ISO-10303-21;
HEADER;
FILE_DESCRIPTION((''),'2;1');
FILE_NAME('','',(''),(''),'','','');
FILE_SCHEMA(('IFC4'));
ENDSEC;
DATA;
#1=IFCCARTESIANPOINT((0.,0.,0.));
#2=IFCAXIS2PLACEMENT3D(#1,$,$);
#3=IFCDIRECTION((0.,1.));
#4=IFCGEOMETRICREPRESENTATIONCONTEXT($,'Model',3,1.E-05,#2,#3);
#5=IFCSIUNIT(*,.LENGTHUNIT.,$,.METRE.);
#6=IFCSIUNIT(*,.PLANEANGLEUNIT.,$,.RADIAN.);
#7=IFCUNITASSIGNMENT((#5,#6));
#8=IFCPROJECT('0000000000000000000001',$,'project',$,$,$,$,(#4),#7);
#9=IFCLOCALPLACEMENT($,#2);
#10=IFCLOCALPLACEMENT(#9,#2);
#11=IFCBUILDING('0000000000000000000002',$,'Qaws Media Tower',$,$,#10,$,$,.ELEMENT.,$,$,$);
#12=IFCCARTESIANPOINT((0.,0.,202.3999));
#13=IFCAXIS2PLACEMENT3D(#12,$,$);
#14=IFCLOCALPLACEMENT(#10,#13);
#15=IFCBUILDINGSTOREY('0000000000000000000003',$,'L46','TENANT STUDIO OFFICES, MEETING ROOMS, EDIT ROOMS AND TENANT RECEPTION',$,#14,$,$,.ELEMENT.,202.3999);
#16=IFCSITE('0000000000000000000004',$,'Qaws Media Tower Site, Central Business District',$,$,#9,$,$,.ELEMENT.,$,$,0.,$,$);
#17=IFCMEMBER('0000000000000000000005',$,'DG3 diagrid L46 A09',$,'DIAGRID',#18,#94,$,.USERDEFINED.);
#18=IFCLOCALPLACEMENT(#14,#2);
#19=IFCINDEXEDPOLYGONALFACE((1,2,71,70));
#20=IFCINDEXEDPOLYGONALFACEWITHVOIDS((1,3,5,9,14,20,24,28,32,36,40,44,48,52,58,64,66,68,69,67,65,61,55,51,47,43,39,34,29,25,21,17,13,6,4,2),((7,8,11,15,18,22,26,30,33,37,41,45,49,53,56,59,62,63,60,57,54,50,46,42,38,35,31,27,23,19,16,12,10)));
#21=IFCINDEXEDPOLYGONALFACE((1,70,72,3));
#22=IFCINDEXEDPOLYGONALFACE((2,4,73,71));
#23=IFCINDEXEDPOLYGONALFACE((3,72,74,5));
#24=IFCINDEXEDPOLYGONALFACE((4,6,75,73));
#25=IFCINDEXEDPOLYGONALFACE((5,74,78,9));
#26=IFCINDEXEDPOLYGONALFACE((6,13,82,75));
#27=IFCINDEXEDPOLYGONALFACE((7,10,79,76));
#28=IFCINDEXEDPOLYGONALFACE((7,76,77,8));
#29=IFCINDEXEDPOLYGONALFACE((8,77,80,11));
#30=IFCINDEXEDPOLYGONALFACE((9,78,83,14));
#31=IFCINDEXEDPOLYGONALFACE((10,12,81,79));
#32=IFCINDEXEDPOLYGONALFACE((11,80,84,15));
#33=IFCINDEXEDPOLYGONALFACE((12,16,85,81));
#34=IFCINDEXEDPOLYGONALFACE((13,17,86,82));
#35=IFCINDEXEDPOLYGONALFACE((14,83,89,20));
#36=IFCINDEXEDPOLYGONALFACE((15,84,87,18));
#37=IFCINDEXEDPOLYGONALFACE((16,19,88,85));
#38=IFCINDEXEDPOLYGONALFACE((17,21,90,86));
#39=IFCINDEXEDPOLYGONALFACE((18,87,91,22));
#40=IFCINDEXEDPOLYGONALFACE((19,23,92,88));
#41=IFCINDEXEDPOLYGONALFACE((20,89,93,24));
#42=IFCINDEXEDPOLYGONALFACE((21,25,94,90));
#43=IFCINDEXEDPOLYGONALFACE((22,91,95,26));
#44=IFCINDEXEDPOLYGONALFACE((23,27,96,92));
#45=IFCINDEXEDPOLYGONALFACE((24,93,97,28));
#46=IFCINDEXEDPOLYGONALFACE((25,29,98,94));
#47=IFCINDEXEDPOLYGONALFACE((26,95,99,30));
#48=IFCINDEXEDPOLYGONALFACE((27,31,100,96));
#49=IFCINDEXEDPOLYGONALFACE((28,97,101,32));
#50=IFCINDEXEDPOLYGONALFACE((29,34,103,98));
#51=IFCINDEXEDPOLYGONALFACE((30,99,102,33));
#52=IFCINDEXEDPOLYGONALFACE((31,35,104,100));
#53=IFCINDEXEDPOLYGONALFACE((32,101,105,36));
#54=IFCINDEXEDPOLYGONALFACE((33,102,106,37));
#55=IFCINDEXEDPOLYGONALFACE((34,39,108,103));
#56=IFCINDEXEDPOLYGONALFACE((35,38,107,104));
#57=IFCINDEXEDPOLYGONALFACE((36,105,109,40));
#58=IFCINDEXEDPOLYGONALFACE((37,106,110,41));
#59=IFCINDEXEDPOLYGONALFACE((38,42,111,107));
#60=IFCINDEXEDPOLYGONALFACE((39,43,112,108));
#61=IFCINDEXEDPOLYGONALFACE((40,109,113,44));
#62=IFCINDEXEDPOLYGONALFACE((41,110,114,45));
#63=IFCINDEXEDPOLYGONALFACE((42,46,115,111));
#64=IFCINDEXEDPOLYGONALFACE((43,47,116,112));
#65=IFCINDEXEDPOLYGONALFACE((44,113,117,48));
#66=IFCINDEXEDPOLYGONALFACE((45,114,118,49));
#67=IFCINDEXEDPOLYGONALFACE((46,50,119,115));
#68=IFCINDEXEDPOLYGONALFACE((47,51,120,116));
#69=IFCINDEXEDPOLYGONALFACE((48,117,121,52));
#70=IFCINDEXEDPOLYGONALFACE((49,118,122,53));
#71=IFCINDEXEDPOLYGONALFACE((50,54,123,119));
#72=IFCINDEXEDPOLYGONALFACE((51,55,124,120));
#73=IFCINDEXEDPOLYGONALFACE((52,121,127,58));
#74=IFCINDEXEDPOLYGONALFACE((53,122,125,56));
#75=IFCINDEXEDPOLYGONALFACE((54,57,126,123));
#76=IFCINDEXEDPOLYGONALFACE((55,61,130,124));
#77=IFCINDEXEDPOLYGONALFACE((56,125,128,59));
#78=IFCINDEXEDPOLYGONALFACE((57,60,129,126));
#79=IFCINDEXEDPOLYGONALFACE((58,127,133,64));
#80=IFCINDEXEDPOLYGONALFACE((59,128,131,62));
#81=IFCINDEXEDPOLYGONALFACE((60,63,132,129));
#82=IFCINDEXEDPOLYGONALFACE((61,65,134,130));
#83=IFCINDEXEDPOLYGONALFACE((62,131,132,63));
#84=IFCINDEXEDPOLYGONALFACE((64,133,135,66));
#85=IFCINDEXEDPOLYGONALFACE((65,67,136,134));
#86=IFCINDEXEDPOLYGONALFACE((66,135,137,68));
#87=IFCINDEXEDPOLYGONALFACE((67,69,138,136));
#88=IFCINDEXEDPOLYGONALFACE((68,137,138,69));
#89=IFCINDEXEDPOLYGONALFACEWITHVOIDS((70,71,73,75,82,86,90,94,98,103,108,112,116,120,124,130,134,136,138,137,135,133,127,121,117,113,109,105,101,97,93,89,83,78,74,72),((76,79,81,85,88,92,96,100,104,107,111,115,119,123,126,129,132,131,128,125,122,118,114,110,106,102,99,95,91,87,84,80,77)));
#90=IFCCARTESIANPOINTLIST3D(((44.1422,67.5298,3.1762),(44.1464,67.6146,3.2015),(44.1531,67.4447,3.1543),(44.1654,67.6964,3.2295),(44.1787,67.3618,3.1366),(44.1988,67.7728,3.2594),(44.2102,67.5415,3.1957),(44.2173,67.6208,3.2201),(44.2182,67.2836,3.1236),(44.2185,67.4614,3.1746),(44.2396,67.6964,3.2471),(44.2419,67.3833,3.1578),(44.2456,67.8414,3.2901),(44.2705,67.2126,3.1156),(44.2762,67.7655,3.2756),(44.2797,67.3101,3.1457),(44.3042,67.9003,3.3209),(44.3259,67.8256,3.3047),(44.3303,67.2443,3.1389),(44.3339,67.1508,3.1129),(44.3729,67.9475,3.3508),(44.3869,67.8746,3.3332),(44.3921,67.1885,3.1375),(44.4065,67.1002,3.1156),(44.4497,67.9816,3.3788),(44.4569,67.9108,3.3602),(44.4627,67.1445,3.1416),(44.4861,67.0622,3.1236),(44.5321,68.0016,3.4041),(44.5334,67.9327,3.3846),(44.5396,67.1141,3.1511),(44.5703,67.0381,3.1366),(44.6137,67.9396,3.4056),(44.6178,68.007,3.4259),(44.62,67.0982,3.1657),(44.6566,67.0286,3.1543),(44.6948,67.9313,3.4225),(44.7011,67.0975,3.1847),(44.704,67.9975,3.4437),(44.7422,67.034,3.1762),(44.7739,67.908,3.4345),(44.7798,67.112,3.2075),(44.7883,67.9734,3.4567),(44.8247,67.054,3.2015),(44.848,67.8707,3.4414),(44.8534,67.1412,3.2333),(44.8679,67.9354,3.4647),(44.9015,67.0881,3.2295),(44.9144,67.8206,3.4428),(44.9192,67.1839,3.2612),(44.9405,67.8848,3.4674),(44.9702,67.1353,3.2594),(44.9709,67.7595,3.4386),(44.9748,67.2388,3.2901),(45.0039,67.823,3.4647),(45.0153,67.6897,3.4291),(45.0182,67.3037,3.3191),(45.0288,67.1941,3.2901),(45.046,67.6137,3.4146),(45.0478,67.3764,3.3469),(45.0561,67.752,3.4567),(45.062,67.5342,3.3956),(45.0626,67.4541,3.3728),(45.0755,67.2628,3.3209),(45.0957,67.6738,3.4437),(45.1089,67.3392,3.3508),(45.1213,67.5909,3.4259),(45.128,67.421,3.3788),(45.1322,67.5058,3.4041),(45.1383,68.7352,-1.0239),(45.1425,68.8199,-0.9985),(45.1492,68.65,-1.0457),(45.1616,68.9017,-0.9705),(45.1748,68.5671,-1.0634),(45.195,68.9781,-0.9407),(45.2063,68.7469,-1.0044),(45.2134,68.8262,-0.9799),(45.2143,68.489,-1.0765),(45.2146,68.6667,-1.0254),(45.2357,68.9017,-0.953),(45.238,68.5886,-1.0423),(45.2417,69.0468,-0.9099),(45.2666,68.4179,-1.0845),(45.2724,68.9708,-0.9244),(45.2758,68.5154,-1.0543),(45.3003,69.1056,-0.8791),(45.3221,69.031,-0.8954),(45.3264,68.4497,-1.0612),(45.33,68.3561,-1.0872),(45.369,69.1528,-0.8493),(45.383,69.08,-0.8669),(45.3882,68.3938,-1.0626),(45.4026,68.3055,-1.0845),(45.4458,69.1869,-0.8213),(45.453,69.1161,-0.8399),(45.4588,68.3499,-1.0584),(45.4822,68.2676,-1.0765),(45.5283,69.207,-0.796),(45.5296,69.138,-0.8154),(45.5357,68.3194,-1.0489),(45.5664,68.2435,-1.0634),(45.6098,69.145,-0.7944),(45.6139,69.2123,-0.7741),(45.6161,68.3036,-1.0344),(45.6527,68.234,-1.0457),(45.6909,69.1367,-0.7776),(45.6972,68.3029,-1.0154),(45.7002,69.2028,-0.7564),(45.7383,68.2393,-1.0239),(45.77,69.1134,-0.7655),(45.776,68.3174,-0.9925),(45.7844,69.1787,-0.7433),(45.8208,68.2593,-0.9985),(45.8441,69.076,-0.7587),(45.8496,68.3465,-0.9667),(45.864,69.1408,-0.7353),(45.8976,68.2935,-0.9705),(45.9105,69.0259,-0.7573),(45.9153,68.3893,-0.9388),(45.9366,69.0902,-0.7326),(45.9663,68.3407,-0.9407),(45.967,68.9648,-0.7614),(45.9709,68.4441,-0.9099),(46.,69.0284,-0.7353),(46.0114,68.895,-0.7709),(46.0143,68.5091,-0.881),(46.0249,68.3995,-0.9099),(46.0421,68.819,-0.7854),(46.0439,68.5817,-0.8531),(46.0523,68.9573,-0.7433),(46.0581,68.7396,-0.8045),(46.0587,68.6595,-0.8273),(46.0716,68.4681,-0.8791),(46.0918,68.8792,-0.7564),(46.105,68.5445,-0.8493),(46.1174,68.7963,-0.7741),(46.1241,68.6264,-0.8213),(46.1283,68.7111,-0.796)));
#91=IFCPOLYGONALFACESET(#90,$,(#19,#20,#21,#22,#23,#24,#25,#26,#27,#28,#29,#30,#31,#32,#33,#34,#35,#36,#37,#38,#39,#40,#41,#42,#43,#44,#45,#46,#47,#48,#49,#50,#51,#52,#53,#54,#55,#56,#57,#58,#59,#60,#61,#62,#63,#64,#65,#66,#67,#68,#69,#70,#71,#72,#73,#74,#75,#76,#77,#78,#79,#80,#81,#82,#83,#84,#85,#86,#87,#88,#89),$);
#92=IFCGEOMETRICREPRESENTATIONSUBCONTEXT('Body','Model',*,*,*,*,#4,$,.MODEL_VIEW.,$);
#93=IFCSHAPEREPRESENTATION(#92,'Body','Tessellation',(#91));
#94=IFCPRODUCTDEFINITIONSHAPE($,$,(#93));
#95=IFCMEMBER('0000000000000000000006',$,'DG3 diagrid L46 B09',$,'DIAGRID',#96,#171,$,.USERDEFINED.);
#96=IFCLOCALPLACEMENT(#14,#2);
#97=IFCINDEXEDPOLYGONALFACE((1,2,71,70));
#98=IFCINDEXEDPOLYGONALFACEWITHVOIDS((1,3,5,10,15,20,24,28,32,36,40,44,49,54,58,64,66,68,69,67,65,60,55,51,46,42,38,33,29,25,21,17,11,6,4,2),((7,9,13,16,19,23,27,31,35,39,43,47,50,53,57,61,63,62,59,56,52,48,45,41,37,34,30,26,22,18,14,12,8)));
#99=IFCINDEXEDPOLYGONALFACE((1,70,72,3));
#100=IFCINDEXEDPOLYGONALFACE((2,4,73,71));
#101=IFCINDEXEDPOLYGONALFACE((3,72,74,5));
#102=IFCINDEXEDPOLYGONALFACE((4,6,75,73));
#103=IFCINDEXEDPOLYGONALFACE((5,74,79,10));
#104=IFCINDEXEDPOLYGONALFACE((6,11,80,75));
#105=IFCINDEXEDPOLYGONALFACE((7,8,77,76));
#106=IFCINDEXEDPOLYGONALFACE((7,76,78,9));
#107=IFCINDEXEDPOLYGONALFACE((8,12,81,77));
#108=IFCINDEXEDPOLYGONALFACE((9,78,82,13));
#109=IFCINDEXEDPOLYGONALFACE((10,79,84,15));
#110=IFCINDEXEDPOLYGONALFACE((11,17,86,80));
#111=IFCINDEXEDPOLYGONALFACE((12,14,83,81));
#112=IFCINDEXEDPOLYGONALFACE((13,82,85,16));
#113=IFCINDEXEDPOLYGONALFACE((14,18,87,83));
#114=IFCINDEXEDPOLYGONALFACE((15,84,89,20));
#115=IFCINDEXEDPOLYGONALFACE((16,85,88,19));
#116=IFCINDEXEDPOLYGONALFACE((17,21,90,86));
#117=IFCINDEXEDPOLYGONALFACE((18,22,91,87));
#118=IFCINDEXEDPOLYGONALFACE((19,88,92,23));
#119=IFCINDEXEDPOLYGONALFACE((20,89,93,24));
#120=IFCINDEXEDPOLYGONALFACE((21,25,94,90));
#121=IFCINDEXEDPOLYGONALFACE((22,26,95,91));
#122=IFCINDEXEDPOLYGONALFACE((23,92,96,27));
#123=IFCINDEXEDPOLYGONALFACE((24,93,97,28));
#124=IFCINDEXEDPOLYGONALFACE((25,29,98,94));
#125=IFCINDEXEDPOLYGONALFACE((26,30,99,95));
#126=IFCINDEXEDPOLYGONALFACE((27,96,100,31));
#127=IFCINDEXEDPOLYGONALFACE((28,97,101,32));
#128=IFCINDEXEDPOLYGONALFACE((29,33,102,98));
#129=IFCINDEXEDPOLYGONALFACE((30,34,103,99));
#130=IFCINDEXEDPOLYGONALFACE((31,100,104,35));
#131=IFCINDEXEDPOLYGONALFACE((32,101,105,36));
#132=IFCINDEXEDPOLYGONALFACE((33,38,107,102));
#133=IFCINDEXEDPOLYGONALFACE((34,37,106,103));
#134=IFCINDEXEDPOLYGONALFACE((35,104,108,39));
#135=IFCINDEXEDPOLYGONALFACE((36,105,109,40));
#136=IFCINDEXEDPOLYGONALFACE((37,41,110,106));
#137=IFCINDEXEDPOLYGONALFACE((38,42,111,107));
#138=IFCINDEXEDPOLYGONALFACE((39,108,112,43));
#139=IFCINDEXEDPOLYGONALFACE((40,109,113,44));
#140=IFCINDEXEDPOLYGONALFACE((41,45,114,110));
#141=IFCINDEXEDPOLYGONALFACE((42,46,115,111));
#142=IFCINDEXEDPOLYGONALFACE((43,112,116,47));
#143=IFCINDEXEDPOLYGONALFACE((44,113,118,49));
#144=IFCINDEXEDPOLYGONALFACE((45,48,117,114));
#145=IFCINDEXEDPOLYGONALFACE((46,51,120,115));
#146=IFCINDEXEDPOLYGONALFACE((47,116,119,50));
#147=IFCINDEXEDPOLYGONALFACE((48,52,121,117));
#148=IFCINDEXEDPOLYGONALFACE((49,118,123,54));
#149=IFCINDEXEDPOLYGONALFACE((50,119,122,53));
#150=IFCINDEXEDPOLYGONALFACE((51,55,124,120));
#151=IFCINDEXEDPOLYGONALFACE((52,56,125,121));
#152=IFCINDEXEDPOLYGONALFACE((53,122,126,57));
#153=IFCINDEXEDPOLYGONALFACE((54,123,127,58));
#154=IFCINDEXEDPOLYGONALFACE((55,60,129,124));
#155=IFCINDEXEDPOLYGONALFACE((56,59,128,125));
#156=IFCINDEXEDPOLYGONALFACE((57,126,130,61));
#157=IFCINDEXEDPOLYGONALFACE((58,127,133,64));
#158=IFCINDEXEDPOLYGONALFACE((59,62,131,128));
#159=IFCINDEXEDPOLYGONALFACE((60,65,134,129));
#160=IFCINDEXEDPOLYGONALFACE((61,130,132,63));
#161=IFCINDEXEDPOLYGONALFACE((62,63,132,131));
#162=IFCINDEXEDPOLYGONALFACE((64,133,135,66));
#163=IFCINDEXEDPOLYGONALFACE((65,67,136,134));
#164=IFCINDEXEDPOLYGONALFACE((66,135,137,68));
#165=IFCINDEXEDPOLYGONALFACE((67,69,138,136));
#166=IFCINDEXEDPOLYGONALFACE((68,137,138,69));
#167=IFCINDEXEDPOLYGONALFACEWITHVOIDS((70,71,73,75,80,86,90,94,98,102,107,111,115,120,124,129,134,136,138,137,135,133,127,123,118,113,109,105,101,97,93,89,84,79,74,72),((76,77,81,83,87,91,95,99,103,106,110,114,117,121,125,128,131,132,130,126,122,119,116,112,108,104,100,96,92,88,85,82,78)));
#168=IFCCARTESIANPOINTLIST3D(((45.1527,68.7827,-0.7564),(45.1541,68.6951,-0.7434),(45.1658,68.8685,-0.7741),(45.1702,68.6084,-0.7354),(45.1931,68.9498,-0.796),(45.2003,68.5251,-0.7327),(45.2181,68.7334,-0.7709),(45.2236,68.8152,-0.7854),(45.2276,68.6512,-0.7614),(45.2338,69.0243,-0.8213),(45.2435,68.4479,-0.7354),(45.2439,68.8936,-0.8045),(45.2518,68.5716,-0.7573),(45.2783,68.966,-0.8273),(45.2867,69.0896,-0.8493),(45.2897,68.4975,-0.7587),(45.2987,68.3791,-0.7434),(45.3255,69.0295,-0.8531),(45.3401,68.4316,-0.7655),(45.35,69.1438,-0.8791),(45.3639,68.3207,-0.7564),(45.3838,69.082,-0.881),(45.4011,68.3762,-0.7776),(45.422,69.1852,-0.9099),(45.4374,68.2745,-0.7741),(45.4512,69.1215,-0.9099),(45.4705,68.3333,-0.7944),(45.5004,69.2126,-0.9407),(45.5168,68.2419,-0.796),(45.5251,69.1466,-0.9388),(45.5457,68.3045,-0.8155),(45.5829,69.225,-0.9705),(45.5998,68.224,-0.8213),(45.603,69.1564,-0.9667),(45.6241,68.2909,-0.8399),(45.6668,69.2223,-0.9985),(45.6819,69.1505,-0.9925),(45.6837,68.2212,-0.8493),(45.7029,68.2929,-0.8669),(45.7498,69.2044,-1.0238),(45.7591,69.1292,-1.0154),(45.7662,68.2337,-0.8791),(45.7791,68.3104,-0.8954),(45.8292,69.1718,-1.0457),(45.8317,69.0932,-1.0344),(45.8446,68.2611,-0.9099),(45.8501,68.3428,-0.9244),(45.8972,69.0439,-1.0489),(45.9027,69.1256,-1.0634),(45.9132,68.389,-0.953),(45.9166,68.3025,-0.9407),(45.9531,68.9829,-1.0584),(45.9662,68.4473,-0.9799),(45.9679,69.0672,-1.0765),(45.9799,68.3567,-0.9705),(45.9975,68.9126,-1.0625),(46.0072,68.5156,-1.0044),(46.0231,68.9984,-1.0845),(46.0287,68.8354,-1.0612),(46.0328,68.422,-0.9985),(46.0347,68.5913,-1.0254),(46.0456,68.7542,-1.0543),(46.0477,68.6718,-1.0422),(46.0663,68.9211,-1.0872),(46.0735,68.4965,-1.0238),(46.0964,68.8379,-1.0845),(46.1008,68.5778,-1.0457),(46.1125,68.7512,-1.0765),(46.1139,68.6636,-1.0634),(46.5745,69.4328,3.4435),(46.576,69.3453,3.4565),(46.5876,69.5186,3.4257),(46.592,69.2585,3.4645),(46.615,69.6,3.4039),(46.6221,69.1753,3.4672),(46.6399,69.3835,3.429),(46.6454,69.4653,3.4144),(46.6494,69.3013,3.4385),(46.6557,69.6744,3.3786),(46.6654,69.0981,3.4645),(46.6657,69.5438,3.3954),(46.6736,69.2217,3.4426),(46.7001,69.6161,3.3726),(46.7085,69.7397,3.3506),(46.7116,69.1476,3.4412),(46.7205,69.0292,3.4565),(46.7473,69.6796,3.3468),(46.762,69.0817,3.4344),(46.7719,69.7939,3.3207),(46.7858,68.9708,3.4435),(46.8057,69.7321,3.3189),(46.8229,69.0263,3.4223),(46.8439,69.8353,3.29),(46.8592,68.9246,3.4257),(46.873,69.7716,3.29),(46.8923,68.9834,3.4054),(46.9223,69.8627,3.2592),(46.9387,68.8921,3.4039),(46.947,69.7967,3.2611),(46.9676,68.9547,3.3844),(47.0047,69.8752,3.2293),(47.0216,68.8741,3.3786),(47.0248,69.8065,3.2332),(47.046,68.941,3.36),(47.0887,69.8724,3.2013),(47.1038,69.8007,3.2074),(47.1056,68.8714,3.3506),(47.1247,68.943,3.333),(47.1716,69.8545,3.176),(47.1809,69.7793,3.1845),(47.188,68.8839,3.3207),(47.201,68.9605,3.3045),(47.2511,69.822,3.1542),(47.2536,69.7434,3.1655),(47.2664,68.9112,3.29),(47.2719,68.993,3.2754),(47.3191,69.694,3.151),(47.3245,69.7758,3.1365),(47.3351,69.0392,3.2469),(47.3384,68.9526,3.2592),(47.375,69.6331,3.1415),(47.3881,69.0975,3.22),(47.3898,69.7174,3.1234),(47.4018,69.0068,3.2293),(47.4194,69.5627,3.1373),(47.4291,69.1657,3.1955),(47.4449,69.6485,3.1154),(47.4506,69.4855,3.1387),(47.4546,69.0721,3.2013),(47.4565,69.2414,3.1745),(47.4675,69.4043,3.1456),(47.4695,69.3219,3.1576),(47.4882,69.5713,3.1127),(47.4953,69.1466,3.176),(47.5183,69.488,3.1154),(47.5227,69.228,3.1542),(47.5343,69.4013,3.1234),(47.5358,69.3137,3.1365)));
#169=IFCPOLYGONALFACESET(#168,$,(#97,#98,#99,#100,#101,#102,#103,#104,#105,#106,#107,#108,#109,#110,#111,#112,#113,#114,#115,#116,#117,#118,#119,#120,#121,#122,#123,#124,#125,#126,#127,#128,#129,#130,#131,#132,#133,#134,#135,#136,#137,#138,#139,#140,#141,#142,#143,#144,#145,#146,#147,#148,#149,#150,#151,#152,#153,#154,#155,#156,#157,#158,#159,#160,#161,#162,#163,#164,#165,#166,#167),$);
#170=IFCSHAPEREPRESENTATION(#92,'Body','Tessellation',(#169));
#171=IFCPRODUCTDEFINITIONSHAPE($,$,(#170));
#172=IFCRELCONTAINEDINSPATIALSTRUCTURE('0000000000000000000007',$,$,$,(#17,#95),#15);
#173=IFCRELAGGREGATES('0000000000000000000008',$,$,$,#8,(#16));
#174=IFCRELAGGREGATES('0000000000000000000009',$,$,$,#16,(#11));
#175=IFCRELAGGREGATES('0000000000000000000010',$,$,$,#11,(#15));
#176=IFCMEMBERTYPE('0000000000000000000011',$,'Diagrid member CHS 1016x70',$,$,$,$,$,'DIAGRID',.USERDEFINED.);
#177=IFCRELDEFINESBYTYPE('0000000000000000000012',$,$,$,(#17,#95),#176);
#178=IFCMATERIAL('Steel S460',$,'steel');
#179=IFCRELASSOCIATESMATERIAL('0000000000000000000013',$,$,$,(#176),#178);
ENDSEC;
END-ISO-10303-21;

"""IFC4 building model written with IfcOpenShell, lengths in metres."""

from ifc_helpers import new_model, si_unit, direction, frame, origin, origin_2d, place, context, subcontext, project, spatial, hollow_circle, extrude, material, material_profile, profile_set, type_object, element, save


model = new_model("IFC4")

# Units and contexts
model_context = context("Model", 3, precision=1e-05, world=origin(), true_north=direction((0.0, 1.0)))
body_context = subcontext(model_context, "Body", "Model", "MODEL_VIEW")
ifc_project = project(units=[si_unit("LENGTHUNIT", "METRE"), si_unit("PLANEANGLEUNIT", "RADIAN")], contexts=[model_context])

# Site, building, storey
site_placement = place(None, origin())
site = spatial("IfcSite", under=ifc_project, at=site_placement, Name="Qaws Media Tower Site, Central Business District", CompositionType="ELEMENT", RefElevation=0.0)
building_placement = place(site_placement, origin())
building = spatial("IfcBuilding", under=site, at=building_placement, Name="Qaws Media Tower", CompositionType="ELEMENT")
storey_placement = place(building_placement, frame((0.0, 0.0, 202.3999)))
storey = spatial("IfcBuildingStorey", under=building, at=storey_placement, Name="L46", Description="TENANT STUDIO OFFICES, MEETING ROOMS, EDIT ROOMS AND TENANT RECEPTION", CompositionType="ELEMENT", Elevation=202.3999)

# Members
ifc_material_1 = material(Name="Steel S460", Category="steel")
ifc_material_profile_1 = material_profile(ifc_material_1, hollow_circle(Radius=0.5081, WallThickness=0.0701, at=origin_2d()), Name="CHS 1016x70")
ifc_profile_set_1 = profile_set([ifc_material_profile_1], Name="Steel S460")
member_type_1 = type_object("IfcMemberType", Name="Diagrid member CHS 1016x70", ElementType="DIAGRID", PredefinedType="USERDEFINED", material=ifc_profile_set_1)
member_1_placement = place(storey_placement, frame((45.6333, 68.7231, -0.9099), z_axis=(-0.222264, -0.26895, 0.937158), x_axis=(0.770838, -0.637031, 0.0)))
element("IfcMember", 1, at=member_1_placement, inside=storey, type_object=member_type_1, Name="DG3 diagrid L46 A09", ObjectType="DIAGRID", PredefinedType="USERDEFINED", context=body_context, shape_type="SweptSolid", body=[
    extrude(hollow_circle(Radius=0.5081, WallThickness=0.0701, at=origin_2d()), origin(), (0.0, 0.0, 1.0), 4.4817),
])
for number, where, z_axis, x_axis, name in (
    (2, (45.6333, 68.7231, -0.9099), (0.317275, 0.145073, 0.937171), (-0.415837, 0.909439, 0.0), "DG3 diagrid L46 B09"),
):
    element("IfcMember", number, at=place(storey_placement, frame(where, z_axis=z_axis, x_axis=x_axis)), inside=storey, type_object=member_type_1, Name=name, ObjectType="DIAGRID", PredefinedType="USERDEFINED", context=body_context, shape_type="SweptSolid", body=[
        extrude(hollow_circle(Radius=0.5081, WallThickness=0.0701, at=origin_2d()), origin(), (0.0, 0.0, 1.0), 4.4814),
    ])

save(model, "model.ifc")
